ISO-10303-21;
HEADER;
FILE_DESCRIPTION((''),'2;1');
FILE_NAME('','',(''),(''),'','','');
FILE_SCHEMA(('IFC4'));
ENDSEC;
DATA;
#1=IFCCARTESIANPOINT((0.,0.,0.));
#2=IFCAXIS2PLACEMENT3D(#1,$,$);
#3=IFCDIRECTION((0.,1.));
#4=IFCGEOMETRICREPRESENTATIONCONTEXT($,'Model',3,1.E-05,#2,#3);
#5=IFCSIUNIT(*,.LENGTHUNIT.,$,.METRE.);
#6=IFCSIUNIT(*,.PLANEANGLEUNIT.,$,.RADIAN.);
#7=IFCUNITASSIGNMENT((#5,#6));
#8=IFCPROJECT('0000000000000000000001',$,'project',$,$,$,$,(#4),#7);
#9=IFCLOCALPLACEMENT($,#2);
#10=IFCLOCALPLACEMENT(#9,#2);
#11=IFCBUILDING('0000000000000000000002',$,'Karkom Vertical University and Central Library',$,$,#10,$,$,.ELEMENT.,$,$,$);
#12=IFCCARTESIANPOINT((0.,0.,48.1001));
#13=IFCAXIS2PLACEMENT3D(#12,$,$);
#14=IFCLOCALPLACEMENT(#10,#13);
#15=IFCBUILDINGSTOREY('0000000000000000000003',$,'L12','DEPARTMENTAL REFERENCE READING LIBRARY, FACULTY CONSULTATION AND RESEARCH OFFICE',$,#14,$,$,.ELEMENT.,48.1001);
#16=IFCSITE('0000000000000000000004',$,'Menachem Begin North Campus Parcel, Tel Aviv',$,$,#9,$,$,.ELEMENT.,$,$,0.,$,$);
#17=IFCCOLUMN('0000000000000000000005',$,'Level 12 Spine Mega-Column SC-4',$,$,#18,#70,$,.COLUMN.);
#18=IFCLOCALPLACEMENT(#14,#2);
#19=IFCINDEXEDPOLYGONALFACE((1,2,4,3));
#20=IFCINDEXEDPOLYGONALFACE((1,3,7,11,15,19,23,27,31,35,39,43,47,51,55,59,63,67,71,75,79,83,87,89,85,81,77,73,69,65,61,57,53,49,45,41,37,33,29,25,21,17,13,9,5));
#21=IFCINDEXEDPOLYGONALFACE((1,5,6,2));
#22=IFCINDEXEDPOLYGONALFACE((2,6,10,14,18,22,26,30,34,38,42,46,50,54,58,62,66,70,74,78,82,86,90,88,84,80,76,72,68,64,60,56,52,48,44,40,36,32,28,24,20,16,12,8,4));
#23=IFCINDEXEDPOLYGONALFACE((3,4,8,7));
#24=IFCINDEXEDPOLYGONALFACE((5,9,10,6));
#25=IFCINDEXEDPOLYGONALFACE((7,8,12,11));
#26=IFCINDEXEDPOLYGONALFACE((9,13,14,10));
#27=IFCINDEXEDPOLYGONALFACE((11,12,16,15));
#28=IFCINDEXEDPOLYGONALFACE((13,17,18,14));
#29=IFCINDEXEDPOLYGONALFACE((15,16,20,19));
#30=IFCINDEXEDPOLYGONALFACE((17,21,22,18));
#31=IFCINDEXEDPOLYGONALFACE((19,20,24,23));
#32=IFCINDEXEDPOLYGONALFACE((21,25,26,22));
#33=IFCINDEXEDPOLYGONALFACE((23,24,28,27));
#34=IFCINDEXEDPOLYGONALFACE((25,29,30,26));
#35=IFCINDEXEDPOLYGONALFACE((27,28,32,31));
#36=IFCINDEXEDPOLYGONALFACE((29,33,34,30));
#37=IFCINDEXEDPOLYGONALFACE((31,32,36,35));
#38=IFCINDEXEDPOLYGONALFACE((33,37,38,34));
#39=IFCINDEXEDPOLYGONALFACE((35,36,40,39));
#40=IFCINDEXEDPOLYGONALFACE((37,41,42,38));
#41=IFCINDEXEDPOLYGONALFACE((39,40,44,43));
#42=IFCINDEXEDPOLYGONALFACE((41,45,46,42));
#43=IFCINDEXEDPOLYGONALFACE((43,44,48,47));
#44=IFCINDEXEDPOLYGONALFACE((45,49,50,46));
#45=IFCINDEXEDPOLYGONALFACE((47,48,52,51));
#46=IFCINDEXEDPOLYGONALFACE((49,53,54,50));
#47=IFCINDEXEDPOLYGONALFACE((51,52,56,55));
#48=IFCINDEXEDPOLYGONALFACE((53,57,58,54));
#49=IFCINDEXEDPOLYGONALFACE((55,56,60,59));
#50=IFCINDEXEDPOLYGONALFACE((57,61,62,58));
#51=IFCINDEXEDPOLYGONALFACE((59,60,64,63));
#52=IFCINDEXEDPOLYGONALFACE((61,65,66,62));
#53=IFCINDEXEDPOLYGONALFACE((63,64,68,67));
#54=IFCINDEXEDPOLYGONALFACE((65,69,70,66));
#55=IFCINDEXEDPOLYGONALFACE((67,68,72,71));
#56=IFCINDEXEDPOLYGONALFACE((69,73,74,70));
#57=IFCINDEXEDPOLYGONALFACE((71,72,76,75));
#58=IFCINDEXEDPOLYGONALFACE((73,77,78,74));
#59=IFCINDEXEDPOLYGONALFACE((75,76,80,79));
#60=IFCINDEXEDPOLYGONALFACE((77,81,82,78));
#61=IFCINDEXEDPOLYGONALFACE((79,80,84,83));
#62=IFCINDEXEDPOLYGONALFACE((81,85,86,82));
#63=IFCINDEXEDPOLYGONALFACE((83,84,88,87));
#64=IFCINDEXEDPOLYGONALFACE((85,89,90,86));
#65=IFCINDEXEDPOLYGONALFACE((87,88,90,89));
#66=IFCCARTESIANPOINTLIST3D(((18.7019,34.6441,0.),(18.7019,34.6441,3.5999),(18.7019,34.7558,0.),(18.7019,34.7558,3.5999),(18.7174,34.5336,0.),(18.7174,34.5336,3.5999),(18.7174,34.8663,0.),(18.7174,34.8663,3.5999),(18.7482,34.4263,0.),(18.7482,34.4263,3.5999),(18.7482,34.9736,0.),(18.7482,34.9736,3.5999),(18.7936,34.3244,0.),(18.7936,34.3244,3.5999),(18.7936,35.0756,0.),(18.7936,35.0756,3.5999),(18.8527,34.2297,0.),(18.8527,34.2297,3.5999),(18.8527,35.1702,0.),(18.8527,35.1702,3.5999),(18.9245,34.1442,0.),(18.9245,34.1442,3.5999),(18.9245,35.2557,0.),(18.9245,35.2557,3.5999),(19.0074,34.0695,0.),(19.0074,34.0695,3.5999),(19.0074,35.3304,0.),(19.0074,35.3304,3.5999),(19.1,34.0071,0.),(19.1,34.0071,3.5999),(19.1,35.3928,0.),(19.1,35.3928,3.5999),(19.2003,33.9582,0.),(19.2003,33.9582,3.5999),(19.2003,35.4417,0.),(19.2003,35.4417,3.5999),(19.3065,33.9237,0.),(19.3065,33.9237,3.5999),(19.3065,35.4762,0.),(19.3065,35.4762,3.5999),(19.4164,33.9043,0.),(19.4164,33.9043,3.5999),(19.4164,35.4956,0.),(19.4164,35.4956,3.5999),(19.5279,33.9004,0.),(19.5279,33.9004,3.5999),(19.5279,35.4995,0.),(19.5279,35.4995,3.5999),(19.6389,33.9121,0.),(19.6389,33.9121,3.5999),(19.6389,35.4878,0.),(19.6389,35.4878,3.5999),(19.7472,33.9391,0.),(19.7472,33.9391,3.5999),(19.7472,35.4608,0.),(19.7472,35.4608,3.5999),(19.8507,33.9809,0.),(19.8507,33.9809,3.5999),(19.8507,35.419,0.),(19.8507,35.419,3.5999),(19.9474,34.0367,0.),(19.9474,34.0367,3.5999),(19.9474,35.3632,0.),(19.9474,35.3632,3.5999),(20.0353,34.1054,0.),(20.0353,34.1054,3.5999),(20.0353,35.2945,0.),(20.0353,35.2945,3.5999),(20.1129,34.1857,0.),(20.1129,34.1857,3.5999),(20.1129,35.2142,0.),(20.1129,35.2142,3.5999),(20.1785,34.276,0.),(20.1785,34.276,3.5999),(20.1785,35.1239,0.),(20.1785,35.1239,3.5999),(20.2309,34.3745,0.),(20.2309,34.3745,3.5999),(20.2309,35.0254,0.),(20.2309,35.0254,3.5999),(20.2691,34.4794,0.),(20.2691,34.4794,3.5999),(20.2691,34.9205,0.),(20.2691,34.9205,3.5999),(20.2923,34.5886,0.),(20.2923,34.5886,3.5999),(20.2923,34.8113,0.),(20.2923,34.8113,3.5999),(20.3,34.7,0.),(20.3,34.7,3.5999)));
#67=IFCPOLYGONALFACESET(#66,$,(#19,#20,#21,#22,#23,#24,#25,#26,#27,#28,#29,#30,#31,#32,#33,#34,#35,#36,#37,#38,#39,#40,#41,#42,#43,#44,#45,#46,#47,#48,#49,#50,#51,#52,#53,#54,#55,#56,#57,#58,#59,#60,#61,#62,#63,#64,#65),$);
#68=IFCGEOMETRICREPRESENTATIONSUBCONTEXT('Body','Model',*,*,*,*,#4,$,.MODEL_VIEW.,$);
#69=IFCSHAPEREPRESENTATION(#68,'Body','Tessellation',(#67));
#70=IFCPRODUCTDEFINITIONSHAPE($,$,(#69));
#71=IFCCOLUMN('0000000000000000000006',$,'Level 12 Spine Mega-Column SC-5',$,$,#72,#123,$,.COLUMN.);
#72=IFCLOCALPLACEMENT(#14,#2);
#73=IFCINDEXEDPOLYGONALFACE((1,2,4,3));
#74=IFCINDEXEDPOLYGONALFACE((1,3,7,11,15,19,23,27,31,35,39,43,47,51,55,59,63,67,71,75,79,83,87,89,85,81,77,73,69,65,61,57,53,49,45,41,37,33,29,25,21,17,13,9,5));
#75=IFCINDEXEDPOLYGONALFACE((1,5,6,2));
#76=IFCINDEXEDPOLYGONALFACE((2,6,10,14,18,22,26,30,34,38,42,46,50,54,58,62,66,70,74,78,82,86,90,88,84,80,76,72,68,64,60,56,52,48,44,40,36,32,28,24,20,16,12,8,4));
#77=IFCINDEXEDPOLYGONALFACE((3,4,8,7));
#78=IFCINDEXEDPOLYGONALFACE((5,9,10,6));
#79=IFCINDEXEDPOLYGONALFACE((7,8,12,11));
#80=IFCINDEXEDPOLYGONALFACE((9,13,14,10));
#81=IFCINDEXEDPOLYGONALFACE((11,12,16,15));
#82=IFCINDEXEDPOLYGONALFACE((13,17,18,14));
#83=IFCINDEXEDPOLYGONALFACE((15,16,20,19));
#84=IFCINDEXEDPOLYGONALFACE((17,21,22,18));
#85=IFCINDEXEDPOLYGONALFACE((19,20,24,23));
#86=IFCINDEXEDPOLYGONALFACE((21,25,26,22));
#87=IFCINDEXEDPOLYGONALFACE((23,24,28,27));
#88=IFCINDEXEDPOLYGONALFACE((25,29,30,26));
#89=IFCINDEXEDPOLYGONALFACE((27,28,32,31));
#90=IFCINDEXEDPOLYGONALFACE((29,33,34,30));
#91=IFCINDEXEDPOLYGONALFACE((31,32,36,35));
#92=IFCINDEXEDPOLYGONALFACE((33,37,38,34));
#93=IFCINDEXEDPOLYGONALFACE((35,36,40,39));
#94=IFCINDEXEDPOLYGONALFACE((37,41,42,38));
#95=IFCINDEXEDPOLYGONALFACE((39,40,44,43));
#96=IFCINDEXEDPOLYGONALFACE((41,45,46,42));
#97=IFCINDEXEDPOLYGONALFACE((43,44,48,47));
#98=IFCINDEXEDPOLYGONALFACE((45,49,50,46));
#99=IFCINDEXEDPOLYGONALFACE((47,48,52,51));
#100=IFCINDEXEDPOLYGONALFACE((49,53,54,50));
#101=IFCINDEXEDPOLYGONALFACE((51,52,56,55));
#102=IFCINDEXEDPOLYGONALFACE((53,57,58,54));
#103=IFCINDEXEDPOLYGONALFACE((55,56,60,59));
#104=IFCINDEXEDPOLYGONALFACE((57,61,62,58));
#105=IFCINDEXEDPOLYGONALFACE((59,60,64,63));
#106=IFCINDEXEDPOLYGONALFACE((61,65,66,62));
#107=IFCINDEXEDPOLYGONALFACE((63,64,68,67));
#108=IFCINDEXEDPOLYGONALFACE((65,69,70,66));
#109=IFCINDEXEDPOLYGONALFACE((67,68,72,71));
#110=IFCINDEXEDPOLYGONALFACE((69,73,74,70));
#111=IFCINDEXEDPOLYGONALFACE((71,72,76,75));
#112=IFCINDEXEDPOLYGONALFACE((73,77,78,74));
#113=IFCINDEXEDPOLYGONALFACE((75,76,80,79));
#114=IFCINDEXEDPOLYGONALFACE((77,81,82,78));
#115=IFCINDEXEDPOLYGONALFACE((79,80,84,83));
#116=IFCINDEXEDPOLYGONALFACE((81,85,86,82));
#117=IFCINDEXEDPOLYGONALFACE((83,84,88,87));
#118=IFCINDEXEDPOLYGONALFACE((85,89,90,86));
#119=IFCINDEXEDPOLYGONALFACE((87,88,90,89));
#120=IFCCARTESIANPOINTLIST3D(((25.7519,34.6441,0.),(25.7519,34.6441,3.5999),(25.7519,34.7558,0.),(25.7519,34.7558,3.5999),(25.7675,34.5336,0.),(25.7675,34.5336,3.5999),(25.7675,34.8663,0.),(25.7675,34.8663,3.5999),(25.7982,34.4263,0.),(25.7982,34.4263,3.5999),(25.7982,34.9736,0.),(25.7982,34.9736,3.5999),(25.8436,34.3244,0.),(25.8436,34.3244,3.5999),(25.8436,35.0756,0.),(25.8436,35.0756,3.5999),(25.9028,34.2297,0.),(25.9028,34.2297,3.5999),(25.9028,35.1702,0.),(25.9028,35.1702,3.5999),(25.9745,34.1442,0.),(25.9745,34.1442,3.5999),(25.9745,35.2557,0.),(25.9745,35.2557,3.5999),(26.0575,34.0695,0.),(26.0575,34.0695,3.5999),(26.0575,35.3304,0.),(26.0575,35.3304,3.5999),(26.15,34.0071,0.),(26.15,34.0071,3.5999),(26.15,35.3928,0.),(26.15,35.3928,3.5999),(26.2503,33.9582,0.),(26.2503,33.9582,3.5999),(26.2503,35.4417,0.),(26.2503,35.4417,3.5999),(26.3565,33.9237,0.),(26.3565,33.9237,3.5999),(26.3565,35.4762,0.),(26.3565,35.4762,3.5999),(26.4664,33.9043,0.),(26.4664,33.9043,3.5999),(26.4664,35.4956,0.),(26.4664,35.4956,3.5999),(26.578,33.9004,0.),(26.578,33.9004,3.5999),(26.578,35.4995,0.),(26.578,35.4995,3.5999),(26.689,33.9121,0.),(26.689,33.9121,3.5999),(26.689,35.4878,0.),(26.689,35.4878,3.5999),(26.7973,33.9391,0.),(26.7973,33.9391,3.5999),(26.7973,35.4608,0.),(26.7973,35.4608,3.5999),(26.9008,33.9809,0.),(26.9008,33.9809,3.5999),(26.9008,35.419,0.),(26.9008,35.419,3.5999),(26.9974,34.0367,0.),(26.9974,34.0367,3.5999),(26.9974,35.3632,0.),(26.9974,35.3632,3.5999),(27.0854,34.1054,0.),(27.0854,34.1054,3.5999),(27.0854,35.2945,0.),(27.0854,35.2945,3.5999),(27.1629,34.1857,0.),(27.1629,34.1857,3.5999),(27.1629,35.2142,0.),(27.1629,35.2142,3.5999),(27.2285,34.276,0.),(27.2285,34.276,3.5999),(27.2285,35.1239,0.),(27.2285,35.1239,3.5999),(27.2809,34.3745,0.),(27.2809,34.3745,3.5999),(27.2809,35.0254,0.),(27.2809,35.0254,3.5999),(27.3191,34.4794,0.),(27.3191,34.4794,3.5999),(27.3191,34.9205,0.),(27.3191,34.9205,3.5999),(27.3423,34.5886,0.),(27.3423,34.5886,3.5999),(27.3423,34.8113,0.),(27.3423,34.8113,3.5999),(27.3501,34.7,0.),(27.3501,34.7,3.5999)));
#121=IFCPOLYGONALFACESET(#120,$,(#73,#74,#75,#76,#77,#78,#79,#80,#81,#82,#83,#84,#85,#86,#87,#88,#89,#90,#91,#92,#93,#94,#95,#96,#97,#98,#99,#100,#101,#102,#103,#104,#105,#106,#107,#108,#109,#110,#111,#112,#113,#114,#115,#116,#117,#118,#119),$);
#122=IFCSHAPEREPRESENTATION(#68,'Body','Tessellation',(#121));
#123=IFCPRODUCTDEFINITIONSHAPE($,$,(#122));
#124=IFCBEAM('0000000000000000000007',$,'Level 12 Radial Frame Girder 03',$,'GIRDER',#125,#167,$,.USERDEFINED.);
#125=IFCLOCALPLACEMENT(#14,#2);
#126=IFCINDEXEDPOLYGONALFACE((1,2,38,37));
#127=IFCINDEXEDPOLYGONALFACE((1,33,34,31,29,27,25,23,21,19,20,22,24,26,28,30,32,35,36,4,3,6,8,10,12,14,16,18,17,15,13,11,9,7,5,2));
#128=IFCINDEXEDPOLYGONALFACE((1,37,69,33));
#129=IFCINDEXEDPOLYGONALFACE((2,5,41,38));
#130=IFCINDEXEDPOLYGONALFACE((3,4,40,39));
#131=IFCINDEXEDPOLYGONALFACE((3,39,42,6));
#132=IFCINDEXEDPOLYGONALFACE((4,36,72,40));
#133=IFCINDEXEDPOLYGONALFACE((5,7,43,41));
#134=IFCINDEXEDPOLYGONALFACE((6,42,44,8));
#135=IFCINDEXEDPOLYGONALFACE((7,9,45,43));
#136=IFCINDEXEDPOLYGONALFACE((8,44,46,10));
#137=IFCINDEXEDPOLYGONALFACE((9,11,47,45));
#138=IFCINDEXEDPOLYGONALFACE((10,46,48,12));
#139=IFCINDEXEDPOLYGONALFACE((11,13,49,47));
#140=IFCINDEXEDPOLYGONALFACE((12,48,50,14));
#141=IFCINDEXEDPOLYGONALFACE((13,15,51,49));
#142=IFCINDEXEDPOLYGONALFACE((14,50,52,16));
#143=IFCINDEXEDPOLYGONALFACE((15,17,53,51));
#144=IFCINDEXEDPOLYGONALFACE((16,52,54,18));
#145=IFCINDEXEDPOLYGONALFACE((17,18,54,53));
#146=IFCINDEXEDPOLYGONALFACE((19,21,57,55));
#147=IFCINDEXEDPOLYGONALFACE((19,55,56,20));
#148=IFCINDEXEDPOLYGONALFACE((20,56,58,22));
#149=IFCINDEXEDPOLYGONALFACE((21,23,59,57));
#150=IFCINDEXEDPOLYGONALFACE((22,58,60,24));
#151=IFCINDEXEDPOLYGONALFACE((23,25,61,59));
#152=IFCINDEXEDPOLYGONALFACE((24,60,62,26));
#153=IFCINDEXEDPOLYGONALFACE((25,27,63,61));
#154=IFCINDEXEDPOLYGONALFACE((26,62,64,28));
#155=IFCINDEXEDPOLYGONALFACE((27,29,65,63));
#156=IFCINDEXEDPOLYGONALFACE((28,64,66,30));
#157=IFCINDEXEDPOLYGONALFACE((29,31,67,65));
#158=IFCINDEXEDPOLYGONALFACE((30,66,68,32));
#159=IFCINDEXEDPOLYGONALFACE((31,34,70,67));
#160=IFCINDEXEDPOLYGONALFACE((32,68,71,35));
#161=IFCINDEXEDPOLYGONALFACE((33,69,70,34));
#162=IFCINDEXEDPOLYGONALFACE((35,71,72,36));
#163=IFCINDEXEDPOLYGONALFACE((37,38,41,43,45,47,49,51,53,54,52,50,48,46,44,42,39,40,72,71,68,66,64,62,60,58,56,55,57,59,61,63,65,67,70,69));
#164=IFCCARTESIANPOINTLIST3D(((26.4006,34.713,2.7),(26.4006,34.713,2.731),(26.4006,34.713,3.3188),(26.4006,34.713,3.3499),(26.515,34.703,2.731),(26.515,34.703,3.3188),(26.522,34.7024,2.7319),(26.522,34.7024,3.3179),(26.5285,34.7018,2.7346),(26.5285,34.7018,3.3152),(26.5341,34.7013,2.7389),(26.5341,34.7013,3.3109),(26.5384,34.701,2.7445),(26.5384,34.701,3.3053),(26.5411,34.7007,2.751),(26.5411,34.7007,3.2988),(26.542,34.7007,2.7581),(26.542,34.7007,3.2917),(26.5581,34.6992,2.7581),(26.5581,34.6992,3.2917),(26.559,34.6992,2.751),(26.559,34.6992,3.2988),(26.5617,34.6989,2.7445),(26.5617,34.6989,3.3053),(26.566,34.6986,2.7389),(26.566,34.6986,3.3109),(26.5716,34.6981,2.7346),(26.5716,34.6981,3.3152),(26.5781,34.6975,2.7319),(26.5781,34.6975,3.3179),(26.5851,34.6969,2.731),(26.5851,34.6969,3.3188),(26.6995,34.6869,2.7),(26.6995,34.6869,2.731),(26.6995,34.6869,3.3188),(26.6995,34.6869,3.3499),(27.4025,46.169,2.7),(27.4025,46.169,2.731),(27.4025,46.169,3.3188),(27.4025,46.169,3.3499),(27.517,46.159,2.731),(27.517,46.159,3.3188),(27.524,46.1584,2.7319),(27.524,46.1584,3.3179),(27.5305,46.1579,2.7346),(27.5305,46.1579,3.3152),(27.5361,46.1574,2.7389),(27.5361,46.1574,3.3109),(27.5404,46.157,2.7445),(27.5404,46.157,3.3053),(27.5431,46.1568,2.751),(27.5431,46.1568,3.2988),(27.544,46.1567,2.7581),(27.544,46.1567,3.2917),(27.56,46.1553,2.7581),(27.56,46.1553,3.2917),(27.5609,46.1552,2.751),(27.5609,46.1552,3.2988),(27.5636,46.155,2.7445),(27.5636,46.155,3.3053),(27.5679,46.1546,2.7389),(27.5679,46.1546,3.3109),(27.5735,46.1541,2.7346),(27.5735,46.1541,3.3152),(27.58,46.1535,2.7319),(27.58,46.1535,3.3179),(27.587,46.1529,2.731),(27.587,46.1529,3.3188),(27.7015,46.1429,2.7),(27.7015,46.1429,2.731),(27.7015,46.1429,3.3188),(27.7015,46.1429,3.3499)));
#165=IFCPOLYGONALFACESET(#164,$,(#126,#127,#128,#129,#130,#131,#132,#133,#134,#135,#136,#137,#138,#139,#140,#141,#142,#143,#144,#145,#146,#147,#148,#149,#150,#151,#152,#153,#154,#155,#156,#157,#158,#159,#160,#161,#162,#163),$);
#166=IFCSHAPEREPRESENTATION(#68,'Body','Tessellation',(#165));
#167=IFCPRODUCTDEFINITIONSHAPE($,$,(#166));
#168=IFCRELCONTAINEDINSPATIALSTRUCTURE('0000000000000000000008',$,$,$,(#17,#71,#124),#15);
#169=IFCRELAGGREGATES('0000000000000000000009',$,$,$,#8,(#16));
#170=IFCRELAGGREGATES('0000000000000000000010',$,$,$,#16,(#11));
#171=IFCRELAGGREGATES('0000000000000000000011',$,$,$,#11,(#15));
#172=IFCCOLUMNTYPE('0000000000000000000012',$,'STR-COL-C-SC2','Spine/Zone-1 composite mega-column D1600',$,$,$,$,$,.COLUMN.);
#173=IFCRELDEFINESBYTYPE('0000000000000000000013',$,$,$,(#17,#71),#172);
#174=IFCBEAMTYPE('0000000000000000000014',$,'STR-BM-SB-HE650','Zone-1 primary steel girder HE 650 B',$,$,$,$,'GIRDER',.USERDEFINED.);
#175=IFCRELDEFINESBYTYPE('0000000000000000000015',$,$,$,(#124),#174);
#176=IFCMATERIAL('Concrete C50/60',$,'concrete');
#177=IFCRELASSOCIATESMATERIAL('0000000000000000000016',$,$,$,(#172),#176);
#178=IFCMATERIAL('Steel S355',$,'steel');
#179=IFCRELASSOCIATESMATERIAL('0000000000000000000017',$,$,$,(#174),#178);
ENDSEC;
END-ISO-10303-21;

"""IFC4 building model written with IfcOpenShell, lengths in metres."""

from ifc_helpers import new_model, si_unit, direction, frame, origin, origin_with_axes, origin_2d, place, context, subcontext, project, spatial, circle, i_section, extrude, source, transform, mapped, material, material_profile, profile_set, type_object, element, save


model = new_model("IFC4")

# Units and contexts
model_context = context("Model", 3, precision=1e-05, world=origin(), true_north=direction((0.0, 1.0)))
body_context = subcontext(model_context, "Body", "Model", "MODEL_VIEW")
ifc_project = project(units=[si_unit("LENGTHUNIT", "METRE"), si_unit("PLANEANGLEUNIT", "RADIAN")], contexts=[model_context])

# Site, building, storey
site_placement = place(None, origin())
site = spatial("IfcSite", under=ifc_project, at=site_placement, Name="Menachem Begin North Campus Parcel, Tel Aviv", CompositionType="ELEMENT", RefElevation=0.0)
building_placement = place(site_placement, origin())
building = spatial("IfcBuilding", under=site, at=building_placement, Name="Karkom Vertical University and Central Library", CompositionType="ELEMENT")
storey_placement = place(building_placement, frame((0.0, 0.0, 48.1001)))
storey = spatial("IfcBuildingStorey", under=building, at=storey_placement, Name="L12", Description="DEPARTMENTAL REFERENCE READING LIBRARY, FACULTY CONSULTATION AND RESEARCH OFFICE", CompositionType="ELEMENT", Elevation=48.1001)

# Columns
ifc_material_1 = material(Name="Concrete C50/60", Category="concrete")
ifc_material_profile_1 = material_profile(ifc_material_1, circle(Radius=0.8, at=origin_2d()), Name="CFT-D1600")
ifc_profile_set_1 = profile_set([ifc_material_profile_1], Name="Concrete C50/60")
column_type = type_object("IfcColumnType", Name="STR-COL-C-SC2", Description="Spine/Zone-1 composite mega-column D1600", PredefinedType="COLUMN", material=ifc_profile_set_1)
shared_shape_1 = source(origin_with_axes(), body_context, "Body", "SweptSolid", [
    extrude(circle(Radius=0.8, at=origin_2d()), origin(), (0.0, 0.0, 1.0), 3.5999),
])
for number, where, z_axis, x_axis, name in (
    (1, (19.5, 34.7, 0.0), (0.0, 0.0, 1.0), (1.0, 0.0, 0.0), "Level 12 Spine Mega-Column SC-4"),
    (2, (26.55, 34.7, 0.0), (0.0, 0.0, 1.0), (1.0, 0.0, 0.0), "Level 12 Spine Mega-Column SC-5"),
):
    element("IfcColumn", number, at=place(storey_placement, frame(where, z_axis=z_axis, x_axis=x_axis)), inside=storey, type_object=column_type, Name=name, PredefinedType="COLUMN", context=body_context, shape_type="MappedRepresentation", body=[
        mapped(shared_shape_1, transform((0.0, 0.0, 0.0), scale=1.0)),
    ])

# Beam
ifc_material_2 = material(Name="Steel S355", Category="steel")
ifc_material_profile_2 = material_profile(ifc_material_2, i_section(OverallWidth=0.3, OverallDepth=0.6499, WebThickness=0.0161, FlangeThickness=0.031, FilletRadius=0.0271, at=origin_2d()), Name="HE 650 B")
ifc_profile_set_2 = profile_set([ifc_material_profile_2], Name="Steel S355")
beam_type = type_object("IfcBeamType", Name="STR-BM-SB-HE650", Description="Zone-1 primary steel girder HE 650 B", ElementType="GIRDER", PredefinedType="USERDEFINED", material=ifc_profile_set_2)
shared_shape_2 = source(origin_with_axes(), body_context, "Body", "SweptSolid", [
    extrude(i_section(OverallWidth=0.3, OverallDepth=0.6499, WebThickness=0.0161, FlangeThickness=0.031, FilletRadius=0.0271, at=origin_2d()), origin(), (0.0, 0.0, 1.0), 11.4998),
])
beam_1_placement = place(storey_placement, frame((26.55, 34.7, 3.0249), z_axis=(0.087128, 0.996197, 0.0), x_axis=(-0.996197, 0.087128, 0.0)))
element("IfcBeam", 3, at=beam_1_placement, inside=storey, type_object=beam_type, Name="Level 12 Radial Frame Girder 03", ObjectType="GIRDER", PredefinedType="USERDEFINED", context=body_context, shape_type="MappedRepresentation", body=[
    mapped(shared_shape_2, transform((0.0, 0.0, 0.0), scale=1.0)),
])

save(model, "model.ifc")
